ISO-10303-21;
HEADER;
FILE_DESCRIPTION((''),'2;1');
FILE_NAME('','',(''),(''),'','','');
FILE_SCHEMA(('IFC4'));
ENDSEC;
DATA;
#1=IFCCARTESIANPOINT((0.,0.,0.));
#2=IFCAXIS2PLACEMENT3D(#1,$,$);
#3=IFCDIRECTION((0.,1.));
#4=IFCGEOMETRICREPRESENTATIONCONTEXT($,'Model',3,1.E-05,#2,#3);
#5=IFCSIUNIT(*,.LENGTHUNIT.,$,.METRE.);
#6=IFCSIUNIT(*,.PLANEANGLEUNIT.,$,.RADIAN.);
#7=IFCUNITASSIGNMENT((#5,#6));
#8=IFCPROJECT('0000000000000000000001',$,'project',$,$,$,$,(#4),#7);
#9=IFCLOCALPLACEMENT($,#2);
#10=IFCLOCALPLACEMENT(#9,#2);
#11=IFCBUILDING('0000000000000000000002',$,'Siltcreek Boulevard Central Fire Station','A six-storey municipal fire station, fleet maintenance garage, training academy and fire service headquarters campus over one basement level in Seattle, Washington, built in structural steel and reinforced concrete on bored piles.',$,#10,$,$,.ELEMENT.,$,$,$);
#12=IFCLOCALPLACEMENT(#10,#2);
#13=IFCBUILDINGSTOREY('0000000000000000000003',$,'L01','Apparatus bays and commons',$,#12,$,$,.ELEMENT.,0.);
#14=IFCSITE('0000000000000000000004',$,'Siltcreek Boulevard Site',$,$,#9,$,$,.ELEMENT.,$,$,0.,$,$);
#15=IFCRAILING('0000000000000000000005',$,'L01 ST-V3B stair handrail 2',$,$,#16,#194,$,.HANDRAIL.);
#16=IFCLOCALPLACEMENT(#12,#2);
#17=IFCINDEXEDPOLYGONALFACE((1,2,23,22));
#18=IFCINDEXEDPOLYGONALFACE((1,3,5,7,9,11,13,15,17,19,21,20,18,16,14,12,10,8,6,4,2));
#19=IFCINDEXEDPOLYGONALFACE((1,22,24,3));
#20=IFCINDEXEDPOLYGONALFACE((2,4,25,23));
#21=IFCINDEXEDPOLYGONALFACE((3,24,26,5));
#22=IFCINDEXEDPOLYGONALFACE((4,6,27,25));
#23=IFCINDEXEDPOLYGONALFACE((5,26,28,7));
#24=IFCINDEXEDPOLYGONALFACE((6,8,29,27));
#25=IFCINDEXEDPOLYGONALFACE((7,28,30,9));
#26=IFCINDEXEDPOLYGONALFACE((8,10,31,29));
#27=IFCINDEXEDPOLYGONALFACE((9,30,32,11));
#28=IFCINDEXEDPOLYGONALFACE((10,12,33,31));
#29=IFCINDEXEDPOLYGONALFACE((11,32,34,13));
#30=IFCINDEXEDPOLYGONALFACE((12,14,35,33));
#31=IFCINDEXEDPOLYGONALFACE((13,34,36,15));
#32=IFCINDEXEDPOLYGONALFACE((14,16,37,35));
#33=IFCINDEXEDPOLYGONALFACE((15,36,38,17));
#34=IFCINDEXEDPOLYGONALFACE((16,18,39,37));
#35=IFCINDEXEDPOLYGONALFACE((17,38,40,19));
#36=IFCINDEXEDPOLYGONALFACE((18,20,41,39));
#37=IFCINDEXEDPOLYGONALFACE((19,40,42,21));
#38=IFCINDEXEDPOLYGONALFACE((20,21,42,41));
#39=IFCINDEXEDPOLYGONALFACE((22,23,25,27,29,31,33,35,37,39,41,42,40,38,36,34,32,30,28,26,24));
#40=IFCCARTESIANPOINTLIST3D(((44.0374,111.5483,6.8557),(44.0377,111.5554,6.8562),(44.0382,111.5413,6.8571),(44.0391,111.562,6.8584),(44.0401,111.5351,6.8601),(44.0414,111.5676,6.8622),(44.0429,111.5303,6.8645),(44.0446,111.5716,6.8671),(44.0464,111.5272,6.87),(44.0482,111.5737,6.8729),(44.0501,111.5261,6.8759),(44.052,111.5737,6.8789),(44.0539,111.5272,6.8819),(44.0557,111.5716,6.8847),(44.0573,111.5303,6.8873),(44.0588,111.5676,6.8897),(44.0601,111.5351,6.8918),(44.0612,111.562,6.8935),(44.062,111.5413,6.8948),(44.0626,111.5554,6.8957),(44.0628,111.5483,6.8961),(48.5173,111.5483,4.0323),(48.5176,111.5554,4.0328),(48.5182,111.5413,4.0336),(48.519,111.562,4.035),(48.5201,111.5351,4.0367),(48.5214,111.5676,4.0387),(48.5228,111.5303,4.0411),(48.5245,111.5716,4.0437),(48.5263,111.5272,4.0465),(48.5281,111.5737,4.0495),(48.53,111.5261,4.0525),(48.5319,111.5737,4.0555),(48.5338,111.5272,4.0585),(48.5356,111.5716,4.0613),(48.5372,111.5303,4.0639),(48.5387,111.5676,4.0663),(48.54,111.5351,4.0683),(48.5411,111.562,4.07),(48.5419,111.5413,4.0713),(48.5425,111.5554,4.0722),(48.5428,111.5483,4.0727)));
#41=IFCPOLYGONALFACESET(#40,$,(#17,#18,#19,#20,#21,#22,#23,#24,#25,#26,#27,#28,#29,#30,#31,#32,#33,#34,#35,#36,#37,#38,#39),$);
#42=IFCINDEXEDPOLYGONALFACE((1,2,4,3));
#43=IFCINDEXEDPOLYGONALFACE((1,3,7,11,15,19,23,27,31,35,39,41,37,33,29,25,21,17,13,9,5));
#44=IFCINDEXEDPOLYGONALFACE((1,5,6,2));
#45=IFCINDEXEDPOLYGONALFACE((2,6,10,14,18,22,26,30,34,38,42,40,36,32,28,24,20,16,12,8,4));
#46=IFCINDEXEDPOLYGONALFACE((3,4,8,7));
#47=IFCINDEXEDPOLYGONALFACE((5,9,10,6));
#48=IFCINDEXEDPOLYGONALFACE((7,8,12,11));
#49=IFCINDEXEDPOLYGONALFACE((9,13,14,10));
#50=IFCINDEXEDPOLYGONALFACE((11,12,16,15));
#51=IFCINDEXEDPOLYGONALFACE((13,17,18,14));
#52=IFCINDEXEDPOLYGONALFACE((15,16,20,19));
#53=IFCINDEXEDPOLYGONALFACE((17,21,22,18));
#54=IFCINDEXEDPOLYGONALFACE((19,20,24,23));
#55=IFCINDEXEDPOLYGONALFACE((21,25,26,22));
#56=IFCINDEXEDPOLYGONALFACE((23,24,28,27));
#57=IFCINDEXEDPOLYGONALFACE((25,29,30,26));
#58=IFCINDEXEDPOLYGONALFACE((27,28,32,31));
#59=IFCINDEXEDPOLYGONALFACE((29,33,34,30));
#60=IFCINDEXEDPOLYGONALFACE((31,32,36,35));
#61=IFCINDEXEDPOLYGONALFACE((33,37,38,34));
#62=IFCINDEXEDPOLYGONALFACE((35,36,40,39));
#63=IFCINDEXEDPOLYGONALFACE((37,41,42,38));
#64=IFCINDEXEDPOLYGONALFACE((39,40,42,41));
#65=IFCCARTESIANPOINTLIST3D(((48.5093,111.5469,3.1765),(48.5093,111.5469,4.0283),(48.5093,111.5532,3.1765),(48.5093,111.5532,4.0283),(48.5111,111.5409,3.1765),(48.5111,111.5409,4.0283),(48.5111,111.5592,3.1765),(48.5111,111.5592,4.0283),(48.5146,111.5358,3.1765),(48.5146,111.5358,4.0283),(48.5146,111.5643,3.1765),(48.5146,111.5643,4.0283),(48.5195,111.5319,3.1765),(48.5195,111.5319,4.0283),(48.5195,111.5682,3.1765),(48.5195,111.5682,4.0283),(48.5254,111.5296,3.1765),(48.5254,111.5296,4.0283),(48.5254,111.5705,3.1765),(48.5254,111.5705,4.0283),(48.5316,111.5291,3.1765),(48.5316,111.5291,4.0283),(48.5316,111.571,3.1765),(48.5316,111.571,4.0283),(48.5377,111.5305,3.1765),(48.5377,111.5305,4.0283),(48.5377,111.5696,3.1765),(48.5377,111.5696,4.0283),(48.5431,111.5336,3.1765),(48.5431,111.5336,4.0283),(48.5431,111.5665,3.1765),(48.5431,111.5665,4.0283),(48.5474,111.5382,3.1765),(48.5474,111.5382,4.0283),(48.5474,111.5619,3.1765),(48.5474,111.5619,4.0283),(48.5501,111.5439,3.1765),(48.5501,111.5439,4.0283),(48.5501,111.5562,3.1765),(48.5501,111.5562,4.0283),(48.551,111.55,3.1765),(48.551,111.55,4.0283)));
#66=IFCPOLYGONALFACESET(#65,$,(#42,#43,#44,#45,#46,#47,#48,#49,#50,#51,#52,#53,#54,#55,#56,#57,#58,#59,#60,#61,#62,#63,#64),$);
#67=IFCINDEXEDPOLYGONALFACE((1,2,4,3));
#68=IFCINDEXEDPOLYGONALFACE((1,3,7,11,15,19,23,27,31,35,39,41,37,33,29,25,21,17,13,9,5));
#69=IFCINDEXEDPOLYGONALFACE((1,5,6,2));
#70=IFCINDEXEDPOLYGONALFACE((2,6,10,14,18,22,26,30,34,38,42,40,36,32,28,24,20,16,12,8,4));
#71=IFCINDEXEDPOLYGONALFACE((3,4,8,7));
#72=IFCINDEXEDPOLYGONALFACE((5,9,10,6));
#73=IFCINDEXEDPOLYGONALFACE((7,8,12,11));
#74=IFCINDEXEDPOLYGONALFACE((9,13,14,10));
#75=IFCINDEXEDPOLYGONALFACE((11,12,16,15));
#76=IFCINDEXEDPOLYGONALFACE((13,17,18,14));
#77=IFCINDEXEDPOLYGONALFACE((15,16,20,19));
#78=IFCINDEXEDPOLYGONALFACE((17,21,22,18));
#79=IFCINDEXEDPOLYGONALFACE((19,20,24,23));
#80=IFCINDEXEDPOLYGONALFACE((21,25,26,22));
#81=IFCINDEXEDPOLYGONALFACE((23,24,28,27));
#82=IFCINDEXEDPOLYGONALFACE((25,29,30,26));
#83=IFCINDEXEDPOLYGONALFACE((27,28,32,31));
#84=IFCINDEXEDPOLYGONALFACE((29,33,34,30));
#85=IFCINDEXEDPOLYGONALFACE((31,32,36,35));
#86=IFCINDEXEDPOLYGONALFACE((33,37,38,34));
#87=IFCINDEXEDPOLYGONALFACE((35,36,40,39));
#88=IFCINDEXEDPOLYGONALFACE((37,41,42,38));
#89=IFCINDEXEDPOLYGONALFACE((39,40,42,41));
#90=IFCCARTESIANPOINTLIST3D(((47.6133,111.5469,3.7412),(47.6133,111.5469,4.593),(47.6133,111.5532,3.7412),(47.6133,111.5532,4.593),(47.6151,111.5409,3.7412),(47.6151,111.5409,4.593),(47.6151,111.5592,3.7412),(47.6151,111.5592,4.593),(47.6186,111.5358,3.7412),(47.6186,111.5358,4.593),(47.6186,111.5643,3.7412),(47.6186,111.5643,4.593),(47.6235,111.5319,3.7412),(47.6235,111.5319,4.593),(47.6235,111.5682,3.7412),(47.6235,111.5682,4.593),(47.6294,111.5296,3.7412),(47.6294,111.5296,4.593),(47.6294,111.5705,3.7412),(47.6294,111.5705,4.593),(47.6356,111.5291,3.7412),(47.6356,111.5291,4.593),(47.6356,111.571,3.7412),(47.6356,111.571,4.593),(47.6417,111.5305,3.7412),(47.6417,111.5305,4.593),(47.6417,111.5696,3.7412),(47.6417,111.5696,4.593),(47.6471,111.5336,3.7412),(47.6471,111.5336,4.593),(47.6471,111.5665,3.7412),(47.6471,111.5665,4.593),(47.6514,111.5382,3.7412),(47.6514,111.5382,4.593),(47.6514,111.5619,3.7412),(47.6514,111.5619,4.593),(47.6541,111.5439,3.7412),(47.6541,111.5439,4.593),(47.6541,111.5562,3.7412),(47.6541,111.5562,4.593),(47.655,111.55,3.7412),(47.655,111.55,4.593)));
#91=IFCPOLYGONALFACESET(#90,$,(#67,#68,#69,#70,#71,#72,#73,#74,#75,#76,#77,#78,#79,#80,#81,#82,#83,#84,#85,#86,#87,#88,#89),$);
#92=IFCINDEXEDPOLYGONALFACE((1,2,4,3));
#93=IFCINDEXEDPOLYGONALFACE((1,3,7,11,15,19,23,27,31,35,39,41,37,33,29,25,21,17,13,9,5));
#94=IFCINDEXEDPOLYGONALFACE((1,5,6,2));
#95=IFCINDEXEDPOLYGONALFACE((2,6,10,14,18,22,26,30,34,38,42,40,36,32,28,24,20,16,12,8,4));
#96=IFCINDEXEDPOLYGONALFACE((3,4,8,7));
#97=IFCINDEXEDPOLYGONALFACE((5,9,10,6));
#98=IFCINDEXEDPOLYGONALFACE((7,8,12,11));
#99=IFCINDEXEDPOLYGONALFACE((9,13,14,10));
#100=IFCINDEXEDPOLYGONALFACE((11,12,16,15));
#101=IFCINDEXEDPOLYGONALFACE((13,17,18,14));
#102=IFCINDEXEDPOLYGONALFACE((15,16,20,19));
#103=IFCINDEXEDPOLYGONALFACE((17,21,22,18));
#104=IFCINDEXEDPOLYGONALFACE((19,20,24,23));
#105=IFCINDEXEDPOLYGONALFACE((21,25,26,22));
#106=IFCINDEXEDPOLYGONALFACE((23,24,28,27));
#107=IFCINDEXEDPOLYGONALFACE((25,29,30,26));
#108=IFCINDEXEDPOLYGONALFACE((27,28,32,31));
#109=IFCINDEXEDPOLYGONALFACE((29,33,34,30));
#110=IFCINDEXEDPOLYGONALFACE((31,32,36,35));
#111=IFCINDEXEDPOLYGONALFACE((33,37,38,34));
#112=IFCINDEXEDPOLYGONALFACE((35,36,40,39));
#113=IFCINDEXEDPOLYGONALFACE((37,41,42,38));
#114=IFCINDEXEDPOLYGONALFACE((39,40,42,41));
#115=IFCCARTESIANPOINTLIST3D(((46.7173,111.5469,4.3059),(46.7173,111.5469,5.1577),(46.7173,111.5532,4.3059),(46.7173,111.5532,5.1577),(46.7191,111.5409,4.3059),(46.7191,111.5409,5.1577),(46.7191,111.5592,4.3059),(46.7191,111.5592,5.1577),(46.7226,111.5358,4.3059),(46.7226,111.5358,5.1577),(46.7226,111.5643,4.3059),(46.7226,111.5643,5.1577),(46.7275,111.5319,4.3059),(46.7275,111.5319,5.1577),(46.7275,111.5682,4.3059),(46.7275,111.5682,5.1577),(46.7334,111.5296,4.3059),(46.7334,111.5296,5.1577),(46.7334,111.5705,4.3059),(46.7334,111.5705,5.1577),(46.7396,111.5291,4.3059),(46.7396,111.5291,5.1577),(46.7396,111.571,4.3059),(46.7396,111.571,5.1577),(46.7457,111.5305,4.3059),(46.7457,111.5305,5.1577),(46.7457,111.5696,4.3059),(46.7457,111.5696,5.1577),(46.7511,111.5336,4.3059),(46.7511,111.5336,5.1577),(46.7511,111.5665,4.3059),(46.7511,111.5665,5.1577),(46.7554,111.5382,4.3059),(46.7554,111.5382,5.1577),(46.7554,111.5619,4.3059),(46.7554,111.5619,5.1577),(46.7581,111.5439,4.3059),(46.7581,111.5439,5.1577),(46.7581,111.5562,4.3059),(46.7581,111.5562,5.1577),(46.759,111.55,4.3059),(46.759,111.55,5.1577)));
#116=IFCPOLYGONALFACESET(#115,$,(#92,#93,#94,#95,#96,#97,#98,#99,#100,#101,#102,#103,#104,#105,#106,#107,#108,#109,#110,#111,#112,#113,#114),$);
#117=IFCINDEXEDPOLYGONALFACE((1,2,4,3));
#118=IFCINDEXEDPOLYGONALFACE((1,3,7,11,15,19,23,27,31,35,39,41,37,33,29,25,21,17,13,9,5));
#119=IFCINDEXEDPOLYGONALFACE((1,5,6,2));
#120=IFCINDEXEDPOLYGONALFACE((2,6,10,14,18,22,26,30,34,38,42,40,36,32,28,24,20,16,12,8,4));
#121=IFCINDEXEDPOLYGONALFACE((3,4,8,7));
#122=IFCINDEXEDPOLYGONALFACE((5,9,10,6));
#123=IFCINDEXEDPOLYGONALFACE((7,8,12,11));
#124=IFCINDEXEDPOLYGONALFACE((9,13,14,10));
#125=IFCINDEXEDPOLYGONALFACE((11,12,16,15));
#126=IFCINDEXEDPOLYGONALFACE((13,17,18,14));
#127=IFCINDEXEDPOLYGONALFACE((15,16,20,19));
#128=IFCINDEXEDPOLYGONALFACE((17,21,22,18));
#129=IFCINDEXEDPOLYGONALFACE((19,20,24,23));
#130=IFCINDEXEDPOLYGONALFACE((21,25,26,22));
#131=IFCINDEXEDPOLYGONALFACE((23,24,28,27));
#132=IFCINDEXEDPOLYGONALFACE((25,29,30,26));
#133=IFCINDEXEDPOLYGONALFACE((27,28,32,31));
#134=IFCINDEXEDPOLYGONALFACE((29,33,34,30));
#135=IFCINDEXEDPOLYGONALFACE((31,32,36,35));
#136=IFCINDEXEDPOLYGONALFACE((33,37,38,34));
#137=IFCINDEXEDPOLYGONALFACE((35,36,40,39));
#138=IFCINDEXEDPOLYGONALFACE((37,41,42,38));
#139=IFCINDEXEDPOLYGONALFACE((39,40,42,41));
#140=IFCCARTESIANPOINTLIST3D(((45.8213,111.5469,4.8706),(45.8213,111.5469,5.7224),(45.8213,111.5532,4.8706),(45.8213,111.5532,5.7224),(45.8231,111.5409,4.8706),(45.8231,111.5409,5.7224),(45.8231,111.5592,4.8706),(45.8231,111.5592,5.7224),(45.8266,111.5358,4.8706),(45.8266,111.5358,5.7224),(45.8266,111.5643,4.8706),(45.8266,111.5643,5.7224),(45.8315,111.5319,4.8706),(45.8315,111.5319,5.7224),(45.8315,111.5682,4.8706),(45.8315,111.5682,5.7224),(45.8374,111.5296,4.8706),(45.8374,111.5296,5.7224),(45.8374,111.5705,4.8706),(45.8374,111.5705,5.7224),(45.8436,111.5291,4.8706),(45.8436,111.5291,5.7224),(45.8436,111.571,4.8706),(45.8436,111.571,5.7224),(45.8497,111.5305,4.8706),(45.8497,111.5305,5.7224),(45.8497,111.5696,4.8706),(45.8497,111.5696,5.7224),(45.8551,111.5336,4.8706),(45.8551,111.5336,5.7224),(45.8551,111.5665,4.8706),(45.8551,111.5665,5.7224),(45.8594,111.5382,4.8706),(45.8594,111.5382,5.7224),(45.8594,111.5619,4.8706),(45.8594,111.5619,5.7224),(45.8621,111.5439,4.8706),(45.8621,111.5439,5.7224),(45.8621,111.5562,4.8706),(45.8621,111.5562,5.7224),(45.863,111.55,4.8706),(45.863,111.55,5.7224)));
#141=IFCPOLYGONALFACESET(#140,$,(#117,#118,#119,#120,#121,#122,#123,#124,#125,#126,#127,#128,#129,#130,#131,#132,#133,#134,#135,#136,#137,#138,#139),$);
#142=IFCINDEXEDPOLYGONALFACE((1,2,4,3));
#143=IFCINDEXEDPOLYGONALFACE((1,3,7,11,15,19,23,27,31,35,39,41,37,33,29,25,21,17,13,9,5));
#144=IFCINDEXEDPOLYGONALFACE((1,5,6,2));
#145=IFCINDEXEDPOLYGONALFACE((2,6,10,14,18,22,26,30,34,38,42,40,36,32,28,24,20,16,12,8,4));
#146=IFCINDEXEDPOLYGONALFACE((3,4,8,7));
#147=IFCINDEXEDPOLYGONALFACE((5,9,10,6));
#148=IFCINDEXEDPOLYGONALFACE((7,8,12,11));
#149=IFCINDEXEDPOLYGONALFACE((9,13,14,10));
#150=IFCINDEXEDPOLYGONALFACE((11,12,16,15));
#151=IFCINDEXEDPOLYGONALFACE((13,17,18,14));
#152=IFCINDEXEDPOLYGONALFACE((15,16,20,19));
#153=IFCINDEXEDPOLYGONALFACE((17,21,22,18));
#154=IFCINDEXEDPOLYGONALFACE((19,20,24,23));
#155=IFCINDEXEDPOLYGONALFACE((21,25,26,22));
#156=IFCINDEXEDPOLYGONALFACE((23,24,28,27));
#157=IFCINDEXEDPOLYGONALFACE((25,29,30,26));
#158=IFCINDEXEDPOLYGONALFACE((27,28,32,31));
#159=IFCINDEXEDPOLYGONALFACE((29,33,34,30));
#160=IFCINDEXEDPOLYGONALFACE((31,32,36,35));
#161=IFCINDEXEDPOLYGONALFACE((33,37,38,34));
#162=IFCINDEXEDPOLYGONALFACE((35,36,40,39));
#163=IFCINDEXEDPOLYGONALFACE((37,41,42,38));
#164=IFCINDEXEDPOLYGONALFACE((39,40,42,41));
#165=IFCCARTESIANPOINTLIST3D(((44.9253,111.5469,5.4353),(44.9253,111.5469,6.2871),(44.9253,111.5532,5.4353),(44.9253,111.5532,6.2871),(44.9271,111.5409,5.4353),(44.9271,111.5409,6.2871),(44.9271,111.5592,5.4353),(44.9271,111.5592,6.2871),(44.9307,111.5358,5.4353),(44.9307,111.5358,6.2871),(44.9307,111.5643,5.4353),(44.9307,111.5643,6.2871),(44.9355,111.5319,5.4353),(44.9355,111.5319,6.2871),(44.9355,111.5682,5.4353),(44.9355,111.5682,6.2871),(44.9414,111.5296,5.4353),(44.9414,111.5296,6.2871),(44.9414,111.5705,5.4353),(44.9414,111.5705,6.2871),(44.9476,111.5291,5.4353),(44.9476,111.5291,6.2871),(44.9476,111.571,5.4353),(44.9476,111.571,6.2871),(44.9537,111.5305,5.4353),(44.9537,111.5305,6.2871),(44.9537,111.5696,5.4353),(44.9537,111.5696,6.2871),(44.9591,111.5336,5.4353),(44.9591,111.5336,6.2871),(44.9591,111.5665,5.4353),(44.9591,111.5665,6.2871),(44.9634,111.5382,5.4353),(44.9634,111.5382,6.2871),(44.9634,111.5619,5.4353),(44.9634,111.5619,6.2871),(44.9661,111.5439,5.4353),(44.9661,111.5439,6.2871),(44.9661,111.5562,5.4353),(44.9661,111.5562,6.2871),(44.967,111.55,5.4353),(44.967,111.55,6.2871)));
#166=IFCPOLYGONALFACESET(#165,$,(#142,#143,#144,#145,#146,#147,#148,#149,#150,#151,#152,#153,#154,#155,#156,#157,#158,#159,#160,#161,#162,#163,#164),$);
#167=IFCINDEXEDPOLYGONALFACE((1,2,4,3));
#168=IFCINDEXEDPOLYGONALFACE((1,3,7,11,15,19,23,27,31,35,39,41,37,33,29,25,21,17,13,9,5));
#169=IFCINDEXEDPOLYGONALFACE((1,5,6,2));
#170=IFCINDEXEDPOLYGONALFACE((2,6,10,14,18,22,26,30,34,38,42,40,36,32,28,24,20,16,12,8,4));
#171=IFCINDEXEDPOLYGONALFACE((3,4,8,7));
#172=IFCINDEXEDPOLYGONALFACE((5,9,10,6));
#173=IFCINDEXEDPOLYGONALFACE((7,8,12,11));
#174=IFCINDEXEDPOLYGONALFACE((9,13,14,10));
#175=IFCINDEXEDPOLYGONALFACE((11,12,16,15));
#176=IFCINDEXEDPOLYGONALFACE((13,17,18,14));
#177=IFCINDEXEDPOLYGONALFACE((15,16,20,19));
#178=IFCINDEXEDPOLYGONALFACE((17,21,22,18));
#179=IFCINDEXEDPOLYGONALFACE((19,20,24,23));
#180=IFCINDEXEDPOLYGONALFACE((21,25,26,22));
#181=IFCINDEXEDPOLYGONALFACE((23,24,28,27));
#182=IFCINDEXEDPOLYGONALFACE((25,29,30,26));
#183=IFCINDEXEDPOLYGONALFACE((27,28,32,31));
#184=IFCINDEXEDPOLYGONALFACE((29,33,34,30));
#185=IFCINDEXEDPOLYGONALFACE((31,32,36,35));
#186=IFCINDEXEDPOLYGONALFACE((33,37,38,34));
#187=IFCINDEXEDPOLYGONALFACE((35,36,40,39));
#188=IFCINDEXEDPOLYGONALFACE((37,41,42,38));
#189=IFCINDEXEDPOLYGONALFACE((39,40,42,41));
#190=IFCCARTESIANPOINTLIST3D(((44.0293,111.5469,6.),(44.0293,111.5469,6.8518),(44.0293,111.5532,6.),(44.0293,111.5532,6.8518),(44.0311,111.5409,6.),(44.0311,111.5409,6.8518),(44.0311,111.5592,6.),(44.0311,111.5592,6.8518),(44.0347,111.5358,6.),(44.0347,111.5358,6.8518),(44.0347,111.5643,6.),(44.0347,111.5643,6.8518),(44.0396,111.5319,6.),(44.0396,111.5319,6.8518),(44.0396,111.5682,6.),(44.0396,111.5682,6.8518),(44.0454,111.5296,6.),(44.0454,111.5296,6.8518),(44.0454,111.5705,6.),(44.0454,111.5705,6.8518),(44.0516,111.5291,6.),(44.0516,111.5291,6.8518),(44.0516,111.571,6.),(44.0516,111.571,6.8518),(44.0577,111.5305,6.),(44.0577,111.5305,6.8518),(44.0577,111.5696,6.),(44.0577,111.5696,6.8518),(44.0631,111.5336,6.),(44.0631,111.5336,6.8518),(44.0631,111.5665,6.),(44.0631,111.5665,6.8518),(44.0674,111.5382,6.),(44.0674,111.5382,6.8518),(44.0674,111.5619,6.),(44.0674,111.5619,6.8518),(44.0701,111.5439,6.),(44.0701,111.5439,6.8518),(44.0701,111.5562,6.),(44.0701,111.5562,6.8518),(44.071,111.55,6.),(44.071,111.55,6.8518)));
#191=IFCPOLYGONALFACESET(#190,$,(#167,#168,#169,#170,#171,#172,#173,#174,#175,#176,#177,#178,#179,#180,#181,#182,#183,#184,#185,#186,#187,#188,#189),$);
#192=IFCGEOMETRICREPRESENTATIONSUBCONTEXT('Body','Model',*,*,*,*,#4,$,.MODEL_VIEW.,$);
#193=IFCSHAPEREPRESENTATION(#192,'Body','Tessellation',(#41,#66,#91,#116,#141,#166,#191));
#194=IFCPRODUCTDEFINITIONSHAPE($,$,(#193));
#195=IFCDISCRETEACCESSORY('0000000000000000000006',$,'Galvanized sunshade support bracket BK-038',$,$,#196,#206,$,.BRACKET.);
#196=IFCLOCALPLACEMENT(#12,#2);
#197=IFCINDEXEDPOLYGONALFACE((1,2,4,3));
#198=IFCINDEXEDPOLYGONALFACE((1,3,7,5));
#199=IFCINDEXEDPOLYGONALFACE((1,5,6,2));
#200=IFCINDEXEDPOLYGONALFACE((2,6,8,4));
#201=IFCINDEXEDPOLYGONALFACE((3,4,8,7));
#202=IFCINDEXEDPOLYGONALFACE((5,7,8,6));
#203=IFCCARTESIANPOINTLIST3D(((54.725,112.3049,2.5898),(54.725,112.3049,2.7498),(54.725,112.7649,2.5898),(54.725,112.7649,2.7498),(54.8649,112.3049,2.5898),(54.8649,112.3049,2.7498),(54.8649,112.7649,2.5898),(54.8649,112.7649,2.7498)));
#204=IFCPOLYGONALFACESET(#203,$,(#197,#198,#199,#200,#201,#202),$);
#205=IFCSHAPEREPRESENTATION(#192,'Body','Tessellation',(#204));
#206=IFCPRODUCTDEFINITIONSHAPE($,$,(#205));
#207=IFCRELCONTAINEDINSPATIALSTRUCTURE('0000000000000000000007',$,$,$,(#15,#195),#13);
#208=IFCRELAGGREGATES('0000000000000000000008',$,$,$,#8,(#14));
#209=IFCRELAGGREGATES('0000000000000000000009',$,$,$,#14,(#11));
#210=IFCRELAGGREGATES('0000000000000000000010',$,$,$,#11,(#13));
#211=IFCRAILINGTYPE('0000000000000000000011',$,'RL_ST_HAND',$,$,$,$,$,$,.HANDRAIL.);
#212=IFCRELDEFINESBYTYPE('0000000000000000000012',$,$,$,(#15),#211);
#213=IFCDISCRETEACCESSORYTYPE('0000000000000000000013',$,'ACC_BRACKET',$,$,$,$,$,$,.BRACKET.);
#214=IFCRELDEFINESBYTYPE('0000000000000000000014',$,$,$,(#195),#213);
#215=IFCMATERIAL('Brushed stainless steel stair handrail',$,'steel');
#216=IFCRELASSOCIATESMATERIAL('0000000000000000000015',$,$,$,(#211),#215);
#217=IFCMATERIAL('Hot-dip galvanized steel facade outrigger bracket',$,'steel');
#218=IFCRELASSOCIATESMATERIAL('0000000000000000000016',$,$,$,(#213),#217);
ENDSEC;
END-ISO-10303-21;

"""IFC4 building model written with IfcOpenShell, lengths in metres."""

from ifc_helpers import new_model, si_unit, direction, frame, origin, origin_2d, place, context, subcontext, project, spatial, rectangle, circle, extrude, material, type_object, element, save


model = new_model("IFC4")

# Units and contexts
model_context = context("Model", 3, precision=1e-05, world=origin(), true_north=direction((0.0, 1.0)))
body_context = subcontext(model_context, "Body", "Model", "MODEL_VIEW")
ifc_project = project(units=[si_unit("LENGTHUNIT", "METRE"), si_unit("PLANEANGLEUNIT", "RADIAN")], contexts=[model_context])

# Site, building, storey
site_placement = place(None, origin())
site = spatial("IfcSite", under=ifc_project, at=site_placement, Name="Siltcreek Boulevard Site", CompositionType="ELEMENT", RefElevation=0.0)
building_placement = place(site_placement, origin())
building = spatial("IfcBuilding", under=site, at=building_placement, Name="Siltcreek Boulevard Central Fire Station", Description="A six-storey municipal fire station, fleet maintenance garage, training academy and fire service headquarters campus over one basement level in Seattle, Washington, built in structural steel and reinforced concrete on bored piles.", CompositionType="ELEMENT")
storey_placement = place(building_placement, origin())
storey = spatial("IfcBuildingStorey", under=building, at=storey_placement, Name="L01", Description="Apparatus bays and commons", CompositionType="ELEMENT", Elevation=0.0)

# Railing
ifc_material_1 = material(Name="Brushed stainless steel stair handrail", Category="steel")
railing_type_1 = type_object("IfcRailingType", Name="RL_ST_HAND", PredefinedType="HANDRAIL", material=ifc_material_1)
railing_1_placement = place(storey_placement, frame((48.53, 111.55, 3.1765)))
element("IfcRailing", 1, at=railing_1_placement, inside=storey, type_object=railing_type_1, Name="L01 ST-V3B stair handrail 2", PredefinedType="HANDRAIL", context=body_context, shape_type="SweptSolid", body=[
    extrude(circle(Radius=0.0239, at=origin_2d()), frame((0.0, 0.0, 0.876), z_axis=(-0.845998, 0.0, 0.533186), x_axis=(0.0, -1.0, 0.0)), (0.0, 0.0, 1.0), 5.2954),
    extrude(circle(Radius=0.021, at=origin_2d()), origin(), (0.0, 0.0, 1.0), 0.8518),
    extrude(circle(Radius=0.021, at=origin_2d()), frame((-0.896, 0.0, 0.5647)), (0.0, 0.0, 1.0), 0.8518),
    extrude(circle(Radius=0.021, at=origin_2d()), frame((-1.792, 0.0, 1.1294)), (0.0, 0.0, 1.0), 0.8518),
    extrude(circle(Radius=0.021, at=origin_2d()), frame((-2.688, 0.0, 1.6941)), (0.0, 0.0, 1.0), 0.8518),
    extrude(circle(Radius=0.021, at=origin_2d()), frame((-3.584, 0.0, 2.2588)), (0.0, 0.0, 1.0), 0.8518),
    extrude(circle(Radius=0.021, at=origin_2d()), frame((-4.48, 0.0, 2.8235)), (0.0, 0.0, 1.0), 0.8518),
])

# Discrete accessory
ifc_material_2 = material(Name="Hot-dip galvanized steel facade outrigger bracket", Category="steel")
discrete_accessory_type = type_object("IfcDiscreteAccessoryType", Name="ACC_BRACKET", PredefinedType="BRACKET", material=ifc_material_2)
discrete_accessory_placement = place(storey_placement, frame((54.7949, 112.5349, 2.5898), z_axis=(0.0, 0.0, 1.0), x_axis=(-1.0, 0.0, 0.0)))
element("IfcDiscreteAccessory", 2, at=discrete_accessory_placement, inside=storey, type_object=discrete_accessory_type, Name="Galvanized sunshade support bracket BK-038", PredefinedType="BRACKET", context=body_context, shape_type="SweptSolid", body=[
    extrude(rectangle(XDim=0.1399, YDim=0.46, at=origin_2d()), origin(), (0.0, 0.0, 1.0), 0.1599),
])

save(model, "model.ifc")
